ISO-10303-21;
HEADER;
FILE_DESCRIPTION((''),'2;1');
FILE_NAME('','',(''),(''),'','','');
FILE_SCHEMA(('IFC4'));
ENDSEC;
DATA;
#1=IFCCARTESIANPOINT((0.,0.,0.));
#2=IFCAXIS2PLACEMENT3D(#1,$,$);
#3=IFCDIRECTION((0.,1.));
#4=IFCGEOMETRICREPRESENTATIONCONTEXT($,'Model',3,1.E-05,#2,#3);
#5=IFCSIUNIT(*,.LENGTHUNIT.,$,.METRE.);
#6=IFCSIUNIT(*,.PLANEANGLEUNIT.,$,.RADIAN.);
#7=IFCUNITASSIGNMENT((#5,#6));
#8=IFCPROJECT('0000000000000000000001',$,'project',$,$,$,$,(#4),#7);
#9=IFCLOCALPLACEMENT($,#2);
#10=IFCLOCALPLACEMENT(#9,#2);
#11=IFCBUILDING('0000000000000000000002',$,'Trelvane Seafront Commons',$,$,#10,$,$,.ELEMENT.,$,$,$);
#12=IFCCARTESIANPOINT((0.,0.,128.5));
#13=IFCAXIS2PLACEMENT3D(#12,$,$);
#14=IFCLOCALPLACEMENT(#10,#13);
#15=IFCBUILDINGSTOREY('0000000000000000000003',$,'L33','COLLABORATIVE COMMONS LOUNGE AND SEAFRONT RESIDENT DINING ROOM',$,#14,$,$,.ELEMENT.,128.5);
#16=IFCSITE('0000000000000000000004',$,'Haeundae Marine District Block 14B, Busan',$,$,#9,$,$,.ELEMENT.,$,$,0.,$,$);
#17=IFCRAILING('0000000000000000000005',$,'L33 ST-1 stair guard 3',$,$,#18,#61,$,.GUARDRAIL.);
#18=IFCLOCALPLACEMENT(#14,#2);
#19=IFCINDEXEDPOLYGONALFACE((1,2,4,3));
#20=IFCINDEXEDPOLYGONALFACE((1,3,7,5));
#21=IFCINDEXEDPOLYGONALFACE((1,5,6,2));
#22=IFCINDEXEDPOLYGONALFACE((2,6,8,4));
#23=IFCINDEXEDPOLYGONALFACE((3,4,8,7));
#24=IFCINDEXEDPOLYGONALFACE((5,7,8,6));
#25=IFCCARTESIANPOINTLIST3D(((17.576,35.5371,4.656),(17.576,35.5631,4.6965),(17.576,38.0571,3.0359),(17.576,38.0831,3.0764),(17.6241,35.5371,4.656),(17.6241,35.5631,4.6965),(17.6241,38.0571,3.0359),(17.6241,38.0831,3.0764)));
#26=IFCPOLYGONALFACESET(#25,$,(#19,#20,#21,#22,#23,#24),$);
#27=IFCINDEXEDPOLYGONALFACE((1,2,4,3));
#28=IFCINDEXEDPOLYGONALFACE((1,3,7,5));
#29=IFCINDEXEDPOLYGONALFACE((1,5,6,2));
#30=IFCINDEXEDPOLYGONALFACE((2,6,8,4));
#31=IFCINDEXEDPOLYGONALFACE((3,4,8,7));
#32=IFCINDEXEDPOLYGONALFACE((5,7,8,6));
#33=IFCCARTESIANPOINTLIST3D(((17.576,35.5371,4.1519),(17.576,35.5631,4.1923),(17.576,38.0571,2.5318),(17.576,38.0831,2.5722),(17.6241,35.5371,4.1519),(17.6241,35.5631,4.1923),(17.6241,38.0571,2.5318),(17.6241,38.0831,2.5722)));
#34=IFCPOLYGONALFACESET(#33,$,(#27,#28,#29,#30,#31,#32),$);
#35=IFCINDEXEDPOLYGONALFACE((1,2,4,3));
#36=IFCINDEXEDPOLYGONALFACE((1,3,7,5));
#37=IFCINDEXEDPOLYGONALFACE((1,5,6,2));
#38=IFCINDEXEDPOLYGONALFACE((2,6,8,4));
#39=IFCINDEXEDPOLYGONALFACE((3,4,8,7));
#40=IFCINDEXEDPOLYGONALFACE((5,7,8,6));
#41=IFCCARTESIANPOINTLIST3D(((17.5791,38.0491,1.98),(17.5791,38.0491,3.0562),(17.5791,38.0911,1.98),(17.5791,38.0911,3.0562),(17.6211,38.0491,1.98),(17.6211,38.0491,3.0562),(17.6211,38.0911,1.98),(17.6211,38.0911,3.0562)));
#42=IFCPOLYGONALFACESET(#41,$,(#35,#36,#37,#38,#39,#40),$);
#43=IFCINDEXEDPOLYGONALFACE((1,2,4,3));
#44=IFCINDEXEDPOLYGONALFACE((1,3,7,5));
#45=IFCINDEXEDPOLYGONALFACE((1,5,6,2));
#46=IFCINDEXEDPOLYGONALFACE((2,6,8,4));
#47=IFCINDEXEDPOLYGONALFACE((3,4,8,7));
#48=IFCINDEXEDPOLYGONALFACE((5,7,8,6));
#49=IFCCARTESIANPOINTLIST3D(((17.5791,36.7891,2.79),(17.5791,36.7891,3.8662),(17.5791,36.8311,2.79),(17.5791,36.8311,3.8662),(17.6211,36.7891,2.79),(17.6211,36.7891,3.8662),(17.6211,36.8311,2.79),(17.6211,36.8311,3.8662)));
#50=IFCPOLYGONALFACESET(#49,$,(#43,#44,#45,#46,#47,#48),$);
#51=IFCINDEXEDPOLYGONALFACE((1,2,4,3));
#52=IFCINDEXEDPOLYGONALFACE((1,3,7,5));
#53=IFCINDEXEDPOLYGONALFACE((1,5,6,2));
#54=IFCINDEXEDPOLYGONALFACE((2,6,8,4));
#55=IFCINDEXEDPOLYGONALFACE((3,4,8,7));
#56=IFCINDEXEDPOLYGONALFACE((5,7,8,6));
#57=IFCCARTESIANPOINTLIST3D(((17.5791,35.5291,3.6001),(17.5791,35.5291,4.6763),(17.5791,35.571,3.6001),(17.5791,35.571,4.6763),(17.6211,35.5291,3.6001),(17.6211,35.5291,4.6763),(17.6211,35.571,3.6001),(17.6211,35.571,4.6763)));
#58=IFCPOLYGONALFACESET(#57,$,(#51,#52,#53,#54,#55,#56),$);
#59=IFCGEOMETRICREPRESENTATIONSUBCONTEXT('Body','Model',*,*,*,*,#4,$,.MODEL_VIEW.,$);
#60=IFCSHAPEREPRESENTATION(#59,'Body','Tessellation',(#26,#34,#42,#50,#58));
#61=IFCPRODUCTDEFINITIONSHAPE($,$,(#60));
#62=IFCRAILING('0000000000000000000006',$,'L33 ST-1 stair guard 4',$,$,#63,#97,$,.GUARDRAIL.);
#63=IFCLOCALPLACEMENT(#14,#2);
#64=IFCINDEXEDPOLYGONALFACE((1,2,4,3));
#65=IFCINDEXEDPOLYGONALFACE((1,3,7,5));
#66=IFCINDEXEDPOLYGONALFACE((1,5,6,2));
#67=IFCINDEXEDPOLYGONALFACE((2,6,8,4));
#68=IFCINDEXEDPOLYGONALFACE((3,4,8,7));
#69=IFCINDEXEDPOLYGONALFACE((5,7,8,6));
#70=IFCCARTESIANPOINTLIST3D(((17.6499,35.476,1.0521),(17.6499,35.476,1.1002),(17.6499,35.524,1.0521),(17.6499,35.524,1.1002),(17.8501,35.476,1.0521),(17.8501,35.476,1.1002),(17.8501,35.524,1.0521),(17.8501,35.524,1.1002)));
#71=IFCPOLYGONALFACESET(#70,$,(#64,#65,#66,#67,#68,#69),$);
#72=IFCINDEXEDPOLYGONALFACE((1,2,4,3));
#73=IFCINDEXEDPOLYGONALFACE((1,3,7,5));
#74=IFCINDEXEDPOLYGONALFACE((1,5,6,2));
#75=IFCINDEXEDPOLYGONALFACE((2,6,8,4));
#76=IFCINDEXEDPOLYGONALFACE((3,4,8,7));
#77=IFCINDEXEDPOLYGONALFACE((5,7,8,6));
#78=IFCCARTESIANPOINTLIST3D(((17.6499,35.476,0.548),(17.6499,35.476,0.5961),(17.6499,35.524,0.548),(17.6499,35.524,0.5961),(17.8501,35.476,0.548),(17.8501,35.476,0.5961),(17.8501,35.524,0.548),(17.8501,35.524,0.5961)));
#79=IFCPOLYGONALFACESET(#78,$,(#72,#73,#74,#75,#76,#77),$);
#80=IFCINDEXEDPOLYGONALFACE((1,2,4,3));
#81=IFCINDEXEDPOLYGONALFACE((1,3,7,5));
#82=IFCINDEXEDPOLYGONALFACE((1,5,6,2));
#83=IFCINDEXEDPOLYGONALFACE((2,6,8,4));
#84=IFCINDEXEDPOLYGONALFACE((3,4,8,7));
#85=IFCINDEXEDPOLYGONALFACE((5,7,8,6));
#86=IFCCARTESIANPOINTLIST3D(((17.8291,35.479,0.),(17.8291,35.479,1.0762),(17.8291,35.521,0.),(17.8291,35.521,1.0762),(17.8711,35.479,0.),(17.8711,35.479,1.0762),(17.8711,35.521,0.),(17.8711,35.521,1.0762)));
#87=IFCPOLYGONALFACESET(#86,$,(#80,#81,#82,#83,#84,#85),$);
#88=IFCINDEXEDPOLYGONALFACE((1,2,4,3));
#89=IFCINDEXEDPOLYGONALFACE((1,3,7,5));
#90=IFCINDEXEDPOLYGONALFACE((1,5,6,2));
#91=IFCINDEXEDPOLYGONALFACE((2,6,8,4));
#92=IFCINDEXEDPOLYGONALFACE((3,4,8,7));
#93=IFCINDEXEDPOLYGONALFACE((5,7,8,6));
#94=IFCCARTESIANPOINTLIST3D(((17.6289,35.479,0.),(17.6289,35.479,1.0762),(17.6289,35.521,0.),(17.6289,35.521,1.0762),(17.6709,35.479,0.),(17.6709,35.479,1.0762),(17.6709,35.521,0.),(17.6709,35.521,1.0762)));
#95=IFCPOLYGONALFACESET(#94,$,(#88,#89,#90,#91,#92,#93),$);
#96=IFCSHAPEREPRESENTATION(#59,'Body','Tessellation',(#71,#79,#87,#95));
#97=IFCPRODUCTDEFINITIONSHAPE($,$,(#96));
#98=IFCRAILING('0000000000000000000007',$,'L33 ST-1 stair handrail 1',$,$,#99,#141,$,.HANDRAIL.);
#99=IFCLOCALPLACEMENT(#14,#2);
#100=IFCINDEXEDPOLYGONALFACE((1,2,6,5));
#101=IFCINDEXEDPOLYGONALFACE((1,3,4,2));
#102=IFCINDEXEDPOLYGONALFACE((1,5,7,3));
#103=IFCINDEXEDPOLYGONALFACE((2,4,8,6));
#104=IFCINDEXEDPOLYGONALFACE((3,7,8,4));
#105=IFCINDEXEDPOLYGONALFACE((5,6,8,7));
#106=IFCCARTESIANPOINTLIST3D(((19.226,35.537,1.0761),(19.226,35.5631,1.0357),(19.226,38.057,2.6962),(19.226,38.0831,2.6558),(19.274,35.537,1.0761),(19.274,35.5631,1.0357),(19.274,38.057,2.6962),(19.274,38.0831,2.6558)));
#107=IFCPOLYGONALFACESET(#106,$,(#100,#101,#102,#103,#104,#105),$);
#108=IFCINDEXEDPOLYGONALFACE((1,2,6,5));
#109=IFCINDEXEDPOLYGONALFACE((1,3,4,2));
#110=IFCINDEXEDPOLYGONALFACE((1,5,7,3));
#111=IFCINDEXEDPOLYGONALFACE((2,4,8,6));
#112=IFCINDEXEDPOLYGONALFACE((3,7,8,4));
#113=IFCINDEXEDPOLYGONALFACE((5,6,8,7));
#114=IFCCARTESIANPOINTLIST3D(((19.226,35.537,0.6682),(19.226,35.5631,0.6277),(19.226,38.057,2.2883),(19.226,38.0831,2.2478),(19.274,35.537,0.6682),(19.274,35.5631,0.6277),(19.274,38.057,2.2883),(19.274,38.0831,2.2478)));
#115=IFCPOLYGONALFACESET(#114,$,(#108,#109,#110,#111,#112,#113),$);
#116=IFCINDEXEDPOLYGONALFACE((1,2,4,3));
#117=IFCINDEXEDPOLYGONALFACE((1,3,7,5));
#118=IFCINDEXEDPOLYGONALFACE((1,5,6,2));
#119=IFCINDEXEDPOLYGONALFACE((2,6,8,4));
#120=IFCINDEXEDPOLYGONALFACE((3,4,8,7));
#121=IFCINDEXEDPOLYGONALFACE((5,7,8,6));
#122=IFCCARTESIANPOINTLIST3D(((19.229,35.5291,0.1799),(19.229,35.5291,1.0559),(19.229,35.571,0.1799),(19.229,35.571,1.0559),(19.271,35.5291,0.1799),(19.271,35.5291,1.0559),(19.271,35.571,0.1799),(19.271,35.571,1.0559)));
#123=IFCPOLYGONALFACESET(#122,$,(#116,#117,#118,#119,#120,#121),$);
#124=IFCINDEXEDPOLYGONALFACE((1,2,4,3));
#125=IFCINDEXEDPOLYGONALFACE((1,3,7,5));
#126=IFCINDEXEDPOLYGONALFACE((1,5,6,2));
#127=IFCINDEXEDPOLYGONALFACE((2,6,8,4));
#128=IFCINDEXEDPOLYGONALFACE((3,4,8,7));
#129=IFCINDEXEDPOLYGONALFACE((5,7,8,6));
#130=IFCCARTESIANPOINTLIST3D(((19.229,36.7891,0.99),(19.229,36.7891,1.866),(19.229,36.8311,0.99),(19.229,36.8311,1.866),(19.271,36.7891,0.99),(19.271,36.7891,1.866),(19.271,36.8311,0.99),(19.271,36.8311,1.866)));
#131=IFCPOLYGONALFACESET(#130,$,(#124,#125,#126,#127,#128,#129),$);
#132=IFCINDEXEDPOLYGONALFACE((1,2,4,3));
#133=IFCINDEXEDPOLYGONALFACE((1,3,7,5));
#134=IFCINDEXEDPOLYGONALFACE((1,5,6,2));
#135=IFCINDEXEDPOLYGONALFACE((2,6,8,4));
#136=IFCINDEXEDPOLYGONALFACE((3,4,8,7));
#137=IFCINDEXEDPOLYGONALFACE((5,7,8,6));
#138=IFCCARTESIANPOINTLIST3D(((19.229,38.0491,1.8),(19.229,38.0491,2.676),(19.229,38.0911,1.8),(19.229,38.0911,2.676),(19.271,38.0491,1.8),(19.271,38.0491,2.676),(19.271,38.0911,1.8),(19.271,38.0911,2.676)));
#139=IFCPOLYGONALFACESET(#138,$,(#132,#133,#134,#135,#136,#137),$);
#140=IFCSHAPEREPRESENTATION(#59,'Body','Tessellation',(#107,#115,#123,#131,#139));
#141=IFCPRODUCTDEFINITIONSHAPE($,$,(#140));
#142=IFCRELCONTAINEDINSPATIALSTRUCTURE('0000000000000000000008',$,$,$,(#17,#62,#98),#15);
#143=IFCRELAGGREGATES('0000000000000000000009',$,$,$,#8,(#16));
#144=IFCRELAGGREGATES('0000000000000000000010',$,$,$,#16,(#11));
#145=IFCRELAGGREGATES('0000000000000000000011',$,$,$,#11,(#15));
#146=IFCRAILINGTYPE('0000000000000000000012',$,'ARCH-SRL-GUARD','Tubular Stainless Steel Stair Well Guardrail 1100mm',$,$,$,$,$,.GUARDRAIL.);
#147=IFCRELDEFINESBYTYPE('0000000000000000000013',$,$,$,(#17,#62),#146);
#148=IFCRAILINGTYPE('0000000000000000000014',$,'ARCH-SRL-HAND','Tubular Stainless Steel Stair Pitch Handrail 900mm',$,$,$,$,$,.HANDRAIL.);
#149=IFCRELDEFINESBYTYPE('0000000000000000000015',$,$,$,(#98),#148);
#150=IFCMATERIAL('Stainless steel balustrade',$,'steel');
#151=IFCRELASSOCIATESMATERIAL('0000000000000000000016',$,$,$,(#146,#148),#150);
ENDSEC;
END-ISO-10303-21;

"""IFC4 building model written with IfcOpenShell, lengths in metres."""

from ifc_helpers import new_model, si_unit, direction, frame, origin, origin_2d, place, context, subcontext, project, spatial, rectangle, extrude, material, type_object, element, save


model = new_model("IFC4")

# Units and contexts
model_context = context("Model", 3, precision=1e-05, world=origin(), true_north=direction((0.0, 1.0)))
body_context = subcontext(model_context, "Body", "Model", "MODEL_VIEW")
ifc_project = project(units=[si_unit("LENGTHUNIT", "METRE"), si_unit("PLANEANGLEUNIT", "RADIAN")], contexts=[model_context])

# Site, building, storey
site_placement = place(None, origin())
site = spatial("IfcSite", under=ifc_project, at=site_placement, Name="Haeundae Marine District Block 14B, Busan", CompositionType="ELEMENT", RefElevation=0.0)
building_placement = place(site_placement, origin())
building = spatial("IfcBuilding", under=site, at=building_placement, Name="Trelvane Seafront Commons", CompositionType="ELEMENT")
storey_placement = place(building_placement, frame((0.0, 0.0, 128.5)))
storey = spatial("IfcBuildingStorey", under=building, at=storey_placement, Name="L33", Description="COLLABORATIVE COMMONS LOUNGE AND SEAFRONT RESIDENT DINING ROOM", CompositionType="ELEMENT", Elevation=128.5)

# Shared definitions
ifc_material_1 = material(Name="Stainless steel balustrade", Category="steel")

# Railings
railing_type_1 = type_object("IfcRailingType", Name="ARCH-SRL-GUARD", Description="Tubular Stainless Steel Stair Well Guardrail 1100mm", PredefinedType="GUARDRAIL", material=ifc_material_1)
railing_1_placement = place(storey_placement, frame((17.6001, 38.0701, 1.98)))
element("IfcRailing", 1, at=railing_1_placement, inside=storey, type_object=railing_type_1, Name="L33 ST-1 stair guard 3", PredefinedType="GUARDRAIL", context=body_context, shape_type="SweptSolid", body=[
    extrude(rectangle(XDim=0.0481, YDim=0.0481, at=origin_2d()), frame((0.0, 0.0, 1.0762), z_axis=(0.0, -0.841163, 0.540782), x_axis=(1.0, 0.0, 0.0)), (0.0, 0.0, 1.0), 2.9958),
    extrude(rectangle(XDim=0.0481, YDim=0.0481, at=origin_2d()), frame((0.0, 0.0, 0.572), z_axis=(0.0, -0.841163, 0.540782), x_axis=(1.0, 0.0, 0.0)), (0.0, 0.0, 1.0), 2.9958),
    extrude(rectangle(XDim=0.042, YDim=0.042, at=origin_2d()), origin(), (0.0, 0.0, 1.0), 1.0762),
    extrude(rectangle(XDim=0.042, YDim=0.042, at=origin_2d()), frame((0.0, -1.26, 0.8101)), (0.0, 0.0, 1.0), 1.0762),
    extrude(rectangle(XDim=0.042, YDim=0.042, at=origin_2d()), frame((0.0, -2.52, 1.6201)), (0.0, 0.0, 1.0), 1.0762),
])
railing_2_placement = place(storey_placement, frame((17.8501, 35.5, 0.0)))
element("IfcRailing", 2, at=railing_2_placement, inside=storey, type_object=railing_type_1, Name="L33 ST-1 stair guard 4", PredefinedType="GUARDRAIL", context=body_context, shape_type="SweptSolid", body=[
    extrude(rectangle(XDim=0.0481, YDim=0.0481, at=origin_2d()), frame((0.0, 0.0, 1.0762), z_axis=(-1.0, 0.0, 0.0), x_axis=(0.0, -1.0, 0.0)), (0.0, 0.0, 1.0), 0.2002),
    extrude(rectangle(XDim=0.0481, YDim=0.0481, at=origin_2d()), frame((0.0, 0.0, 0.572), z_axis=(-1.0, 0.0, 0.0), x_axis=(0.0, -1.0, 0.0)), (0.0, 0.0, 1.0), 0.2002),
    extrude(rectangle(XDim=0.042, YDim=0.042, at=origin_2d()), origin(), (0.0, 0.0, 1.0), 1.0762),
    extrude(rectangle(XDim=0.042, YDim=0.042, at=origin_2d()), frame((-0.2002, 0.0, 0.0)), (0.0, 0.0, 1.0), 1.0762),
])
railing_type_2 = type_object("IfcRailingType", Name="ARCH-SRL-HAND", Description="Tubular Stainless Steel Stair Pitch Handrail 900mm", PredefinedType="HANDRAIL", material=ifc_material_1)
railing_3_placement = place(storey_placement, frame((19.25, 35.55, 0.1799)))
element("IfcRailing", 3, at=railing_3_placement, inside=storey, type_object=railing_type_2, Name="L33 ST-1 stair handrail 1", PredefinedType="HANDRAIL", context=body_context, shape_type="SweptSolid", body=[
    extrude(rectangle(XDim=0.0481, YDim=0.0481, at=origin_2d()), frame((0.0, 0.0, 0.876), z_axis=(0.0, 0.841163, 0.540782), x_axis=(-1.0, 0.0, 0.0)), (0.0, 0.0, 1.0), 2.9958),
    extrude(rectangle(XDim=0.0481, YDim=0.0481, at=origin_2d()), frame((0.0, 0.0, 0.468), z_axis=(0.0, 0.841163, 0.540782), x_axis=(-1.0, 0.0, 0.0)), (0.0, 0.0, 1.0), 2.9958),
    extrude(rectangle(XDim=0.042, YDim=0.042, at=origin_2d()), origin(), (0.0, 0.0, 1.0), 0.876),
    extrude(rectangle(XDim=0.042, YDim=0.042, at=origin_2d()), frame((0.0, 1.26, 0.8101)), (0.0, 0.0, 1.0), 0.876),
    extrude(rectangle(XDim=0.042, YDim=0.042, at=origin_2d()), frame((0.0, 2.52, 1.6201)), (0.0, 0.0, 1.0), 0.876),
])

save(model, "model.ifc")
